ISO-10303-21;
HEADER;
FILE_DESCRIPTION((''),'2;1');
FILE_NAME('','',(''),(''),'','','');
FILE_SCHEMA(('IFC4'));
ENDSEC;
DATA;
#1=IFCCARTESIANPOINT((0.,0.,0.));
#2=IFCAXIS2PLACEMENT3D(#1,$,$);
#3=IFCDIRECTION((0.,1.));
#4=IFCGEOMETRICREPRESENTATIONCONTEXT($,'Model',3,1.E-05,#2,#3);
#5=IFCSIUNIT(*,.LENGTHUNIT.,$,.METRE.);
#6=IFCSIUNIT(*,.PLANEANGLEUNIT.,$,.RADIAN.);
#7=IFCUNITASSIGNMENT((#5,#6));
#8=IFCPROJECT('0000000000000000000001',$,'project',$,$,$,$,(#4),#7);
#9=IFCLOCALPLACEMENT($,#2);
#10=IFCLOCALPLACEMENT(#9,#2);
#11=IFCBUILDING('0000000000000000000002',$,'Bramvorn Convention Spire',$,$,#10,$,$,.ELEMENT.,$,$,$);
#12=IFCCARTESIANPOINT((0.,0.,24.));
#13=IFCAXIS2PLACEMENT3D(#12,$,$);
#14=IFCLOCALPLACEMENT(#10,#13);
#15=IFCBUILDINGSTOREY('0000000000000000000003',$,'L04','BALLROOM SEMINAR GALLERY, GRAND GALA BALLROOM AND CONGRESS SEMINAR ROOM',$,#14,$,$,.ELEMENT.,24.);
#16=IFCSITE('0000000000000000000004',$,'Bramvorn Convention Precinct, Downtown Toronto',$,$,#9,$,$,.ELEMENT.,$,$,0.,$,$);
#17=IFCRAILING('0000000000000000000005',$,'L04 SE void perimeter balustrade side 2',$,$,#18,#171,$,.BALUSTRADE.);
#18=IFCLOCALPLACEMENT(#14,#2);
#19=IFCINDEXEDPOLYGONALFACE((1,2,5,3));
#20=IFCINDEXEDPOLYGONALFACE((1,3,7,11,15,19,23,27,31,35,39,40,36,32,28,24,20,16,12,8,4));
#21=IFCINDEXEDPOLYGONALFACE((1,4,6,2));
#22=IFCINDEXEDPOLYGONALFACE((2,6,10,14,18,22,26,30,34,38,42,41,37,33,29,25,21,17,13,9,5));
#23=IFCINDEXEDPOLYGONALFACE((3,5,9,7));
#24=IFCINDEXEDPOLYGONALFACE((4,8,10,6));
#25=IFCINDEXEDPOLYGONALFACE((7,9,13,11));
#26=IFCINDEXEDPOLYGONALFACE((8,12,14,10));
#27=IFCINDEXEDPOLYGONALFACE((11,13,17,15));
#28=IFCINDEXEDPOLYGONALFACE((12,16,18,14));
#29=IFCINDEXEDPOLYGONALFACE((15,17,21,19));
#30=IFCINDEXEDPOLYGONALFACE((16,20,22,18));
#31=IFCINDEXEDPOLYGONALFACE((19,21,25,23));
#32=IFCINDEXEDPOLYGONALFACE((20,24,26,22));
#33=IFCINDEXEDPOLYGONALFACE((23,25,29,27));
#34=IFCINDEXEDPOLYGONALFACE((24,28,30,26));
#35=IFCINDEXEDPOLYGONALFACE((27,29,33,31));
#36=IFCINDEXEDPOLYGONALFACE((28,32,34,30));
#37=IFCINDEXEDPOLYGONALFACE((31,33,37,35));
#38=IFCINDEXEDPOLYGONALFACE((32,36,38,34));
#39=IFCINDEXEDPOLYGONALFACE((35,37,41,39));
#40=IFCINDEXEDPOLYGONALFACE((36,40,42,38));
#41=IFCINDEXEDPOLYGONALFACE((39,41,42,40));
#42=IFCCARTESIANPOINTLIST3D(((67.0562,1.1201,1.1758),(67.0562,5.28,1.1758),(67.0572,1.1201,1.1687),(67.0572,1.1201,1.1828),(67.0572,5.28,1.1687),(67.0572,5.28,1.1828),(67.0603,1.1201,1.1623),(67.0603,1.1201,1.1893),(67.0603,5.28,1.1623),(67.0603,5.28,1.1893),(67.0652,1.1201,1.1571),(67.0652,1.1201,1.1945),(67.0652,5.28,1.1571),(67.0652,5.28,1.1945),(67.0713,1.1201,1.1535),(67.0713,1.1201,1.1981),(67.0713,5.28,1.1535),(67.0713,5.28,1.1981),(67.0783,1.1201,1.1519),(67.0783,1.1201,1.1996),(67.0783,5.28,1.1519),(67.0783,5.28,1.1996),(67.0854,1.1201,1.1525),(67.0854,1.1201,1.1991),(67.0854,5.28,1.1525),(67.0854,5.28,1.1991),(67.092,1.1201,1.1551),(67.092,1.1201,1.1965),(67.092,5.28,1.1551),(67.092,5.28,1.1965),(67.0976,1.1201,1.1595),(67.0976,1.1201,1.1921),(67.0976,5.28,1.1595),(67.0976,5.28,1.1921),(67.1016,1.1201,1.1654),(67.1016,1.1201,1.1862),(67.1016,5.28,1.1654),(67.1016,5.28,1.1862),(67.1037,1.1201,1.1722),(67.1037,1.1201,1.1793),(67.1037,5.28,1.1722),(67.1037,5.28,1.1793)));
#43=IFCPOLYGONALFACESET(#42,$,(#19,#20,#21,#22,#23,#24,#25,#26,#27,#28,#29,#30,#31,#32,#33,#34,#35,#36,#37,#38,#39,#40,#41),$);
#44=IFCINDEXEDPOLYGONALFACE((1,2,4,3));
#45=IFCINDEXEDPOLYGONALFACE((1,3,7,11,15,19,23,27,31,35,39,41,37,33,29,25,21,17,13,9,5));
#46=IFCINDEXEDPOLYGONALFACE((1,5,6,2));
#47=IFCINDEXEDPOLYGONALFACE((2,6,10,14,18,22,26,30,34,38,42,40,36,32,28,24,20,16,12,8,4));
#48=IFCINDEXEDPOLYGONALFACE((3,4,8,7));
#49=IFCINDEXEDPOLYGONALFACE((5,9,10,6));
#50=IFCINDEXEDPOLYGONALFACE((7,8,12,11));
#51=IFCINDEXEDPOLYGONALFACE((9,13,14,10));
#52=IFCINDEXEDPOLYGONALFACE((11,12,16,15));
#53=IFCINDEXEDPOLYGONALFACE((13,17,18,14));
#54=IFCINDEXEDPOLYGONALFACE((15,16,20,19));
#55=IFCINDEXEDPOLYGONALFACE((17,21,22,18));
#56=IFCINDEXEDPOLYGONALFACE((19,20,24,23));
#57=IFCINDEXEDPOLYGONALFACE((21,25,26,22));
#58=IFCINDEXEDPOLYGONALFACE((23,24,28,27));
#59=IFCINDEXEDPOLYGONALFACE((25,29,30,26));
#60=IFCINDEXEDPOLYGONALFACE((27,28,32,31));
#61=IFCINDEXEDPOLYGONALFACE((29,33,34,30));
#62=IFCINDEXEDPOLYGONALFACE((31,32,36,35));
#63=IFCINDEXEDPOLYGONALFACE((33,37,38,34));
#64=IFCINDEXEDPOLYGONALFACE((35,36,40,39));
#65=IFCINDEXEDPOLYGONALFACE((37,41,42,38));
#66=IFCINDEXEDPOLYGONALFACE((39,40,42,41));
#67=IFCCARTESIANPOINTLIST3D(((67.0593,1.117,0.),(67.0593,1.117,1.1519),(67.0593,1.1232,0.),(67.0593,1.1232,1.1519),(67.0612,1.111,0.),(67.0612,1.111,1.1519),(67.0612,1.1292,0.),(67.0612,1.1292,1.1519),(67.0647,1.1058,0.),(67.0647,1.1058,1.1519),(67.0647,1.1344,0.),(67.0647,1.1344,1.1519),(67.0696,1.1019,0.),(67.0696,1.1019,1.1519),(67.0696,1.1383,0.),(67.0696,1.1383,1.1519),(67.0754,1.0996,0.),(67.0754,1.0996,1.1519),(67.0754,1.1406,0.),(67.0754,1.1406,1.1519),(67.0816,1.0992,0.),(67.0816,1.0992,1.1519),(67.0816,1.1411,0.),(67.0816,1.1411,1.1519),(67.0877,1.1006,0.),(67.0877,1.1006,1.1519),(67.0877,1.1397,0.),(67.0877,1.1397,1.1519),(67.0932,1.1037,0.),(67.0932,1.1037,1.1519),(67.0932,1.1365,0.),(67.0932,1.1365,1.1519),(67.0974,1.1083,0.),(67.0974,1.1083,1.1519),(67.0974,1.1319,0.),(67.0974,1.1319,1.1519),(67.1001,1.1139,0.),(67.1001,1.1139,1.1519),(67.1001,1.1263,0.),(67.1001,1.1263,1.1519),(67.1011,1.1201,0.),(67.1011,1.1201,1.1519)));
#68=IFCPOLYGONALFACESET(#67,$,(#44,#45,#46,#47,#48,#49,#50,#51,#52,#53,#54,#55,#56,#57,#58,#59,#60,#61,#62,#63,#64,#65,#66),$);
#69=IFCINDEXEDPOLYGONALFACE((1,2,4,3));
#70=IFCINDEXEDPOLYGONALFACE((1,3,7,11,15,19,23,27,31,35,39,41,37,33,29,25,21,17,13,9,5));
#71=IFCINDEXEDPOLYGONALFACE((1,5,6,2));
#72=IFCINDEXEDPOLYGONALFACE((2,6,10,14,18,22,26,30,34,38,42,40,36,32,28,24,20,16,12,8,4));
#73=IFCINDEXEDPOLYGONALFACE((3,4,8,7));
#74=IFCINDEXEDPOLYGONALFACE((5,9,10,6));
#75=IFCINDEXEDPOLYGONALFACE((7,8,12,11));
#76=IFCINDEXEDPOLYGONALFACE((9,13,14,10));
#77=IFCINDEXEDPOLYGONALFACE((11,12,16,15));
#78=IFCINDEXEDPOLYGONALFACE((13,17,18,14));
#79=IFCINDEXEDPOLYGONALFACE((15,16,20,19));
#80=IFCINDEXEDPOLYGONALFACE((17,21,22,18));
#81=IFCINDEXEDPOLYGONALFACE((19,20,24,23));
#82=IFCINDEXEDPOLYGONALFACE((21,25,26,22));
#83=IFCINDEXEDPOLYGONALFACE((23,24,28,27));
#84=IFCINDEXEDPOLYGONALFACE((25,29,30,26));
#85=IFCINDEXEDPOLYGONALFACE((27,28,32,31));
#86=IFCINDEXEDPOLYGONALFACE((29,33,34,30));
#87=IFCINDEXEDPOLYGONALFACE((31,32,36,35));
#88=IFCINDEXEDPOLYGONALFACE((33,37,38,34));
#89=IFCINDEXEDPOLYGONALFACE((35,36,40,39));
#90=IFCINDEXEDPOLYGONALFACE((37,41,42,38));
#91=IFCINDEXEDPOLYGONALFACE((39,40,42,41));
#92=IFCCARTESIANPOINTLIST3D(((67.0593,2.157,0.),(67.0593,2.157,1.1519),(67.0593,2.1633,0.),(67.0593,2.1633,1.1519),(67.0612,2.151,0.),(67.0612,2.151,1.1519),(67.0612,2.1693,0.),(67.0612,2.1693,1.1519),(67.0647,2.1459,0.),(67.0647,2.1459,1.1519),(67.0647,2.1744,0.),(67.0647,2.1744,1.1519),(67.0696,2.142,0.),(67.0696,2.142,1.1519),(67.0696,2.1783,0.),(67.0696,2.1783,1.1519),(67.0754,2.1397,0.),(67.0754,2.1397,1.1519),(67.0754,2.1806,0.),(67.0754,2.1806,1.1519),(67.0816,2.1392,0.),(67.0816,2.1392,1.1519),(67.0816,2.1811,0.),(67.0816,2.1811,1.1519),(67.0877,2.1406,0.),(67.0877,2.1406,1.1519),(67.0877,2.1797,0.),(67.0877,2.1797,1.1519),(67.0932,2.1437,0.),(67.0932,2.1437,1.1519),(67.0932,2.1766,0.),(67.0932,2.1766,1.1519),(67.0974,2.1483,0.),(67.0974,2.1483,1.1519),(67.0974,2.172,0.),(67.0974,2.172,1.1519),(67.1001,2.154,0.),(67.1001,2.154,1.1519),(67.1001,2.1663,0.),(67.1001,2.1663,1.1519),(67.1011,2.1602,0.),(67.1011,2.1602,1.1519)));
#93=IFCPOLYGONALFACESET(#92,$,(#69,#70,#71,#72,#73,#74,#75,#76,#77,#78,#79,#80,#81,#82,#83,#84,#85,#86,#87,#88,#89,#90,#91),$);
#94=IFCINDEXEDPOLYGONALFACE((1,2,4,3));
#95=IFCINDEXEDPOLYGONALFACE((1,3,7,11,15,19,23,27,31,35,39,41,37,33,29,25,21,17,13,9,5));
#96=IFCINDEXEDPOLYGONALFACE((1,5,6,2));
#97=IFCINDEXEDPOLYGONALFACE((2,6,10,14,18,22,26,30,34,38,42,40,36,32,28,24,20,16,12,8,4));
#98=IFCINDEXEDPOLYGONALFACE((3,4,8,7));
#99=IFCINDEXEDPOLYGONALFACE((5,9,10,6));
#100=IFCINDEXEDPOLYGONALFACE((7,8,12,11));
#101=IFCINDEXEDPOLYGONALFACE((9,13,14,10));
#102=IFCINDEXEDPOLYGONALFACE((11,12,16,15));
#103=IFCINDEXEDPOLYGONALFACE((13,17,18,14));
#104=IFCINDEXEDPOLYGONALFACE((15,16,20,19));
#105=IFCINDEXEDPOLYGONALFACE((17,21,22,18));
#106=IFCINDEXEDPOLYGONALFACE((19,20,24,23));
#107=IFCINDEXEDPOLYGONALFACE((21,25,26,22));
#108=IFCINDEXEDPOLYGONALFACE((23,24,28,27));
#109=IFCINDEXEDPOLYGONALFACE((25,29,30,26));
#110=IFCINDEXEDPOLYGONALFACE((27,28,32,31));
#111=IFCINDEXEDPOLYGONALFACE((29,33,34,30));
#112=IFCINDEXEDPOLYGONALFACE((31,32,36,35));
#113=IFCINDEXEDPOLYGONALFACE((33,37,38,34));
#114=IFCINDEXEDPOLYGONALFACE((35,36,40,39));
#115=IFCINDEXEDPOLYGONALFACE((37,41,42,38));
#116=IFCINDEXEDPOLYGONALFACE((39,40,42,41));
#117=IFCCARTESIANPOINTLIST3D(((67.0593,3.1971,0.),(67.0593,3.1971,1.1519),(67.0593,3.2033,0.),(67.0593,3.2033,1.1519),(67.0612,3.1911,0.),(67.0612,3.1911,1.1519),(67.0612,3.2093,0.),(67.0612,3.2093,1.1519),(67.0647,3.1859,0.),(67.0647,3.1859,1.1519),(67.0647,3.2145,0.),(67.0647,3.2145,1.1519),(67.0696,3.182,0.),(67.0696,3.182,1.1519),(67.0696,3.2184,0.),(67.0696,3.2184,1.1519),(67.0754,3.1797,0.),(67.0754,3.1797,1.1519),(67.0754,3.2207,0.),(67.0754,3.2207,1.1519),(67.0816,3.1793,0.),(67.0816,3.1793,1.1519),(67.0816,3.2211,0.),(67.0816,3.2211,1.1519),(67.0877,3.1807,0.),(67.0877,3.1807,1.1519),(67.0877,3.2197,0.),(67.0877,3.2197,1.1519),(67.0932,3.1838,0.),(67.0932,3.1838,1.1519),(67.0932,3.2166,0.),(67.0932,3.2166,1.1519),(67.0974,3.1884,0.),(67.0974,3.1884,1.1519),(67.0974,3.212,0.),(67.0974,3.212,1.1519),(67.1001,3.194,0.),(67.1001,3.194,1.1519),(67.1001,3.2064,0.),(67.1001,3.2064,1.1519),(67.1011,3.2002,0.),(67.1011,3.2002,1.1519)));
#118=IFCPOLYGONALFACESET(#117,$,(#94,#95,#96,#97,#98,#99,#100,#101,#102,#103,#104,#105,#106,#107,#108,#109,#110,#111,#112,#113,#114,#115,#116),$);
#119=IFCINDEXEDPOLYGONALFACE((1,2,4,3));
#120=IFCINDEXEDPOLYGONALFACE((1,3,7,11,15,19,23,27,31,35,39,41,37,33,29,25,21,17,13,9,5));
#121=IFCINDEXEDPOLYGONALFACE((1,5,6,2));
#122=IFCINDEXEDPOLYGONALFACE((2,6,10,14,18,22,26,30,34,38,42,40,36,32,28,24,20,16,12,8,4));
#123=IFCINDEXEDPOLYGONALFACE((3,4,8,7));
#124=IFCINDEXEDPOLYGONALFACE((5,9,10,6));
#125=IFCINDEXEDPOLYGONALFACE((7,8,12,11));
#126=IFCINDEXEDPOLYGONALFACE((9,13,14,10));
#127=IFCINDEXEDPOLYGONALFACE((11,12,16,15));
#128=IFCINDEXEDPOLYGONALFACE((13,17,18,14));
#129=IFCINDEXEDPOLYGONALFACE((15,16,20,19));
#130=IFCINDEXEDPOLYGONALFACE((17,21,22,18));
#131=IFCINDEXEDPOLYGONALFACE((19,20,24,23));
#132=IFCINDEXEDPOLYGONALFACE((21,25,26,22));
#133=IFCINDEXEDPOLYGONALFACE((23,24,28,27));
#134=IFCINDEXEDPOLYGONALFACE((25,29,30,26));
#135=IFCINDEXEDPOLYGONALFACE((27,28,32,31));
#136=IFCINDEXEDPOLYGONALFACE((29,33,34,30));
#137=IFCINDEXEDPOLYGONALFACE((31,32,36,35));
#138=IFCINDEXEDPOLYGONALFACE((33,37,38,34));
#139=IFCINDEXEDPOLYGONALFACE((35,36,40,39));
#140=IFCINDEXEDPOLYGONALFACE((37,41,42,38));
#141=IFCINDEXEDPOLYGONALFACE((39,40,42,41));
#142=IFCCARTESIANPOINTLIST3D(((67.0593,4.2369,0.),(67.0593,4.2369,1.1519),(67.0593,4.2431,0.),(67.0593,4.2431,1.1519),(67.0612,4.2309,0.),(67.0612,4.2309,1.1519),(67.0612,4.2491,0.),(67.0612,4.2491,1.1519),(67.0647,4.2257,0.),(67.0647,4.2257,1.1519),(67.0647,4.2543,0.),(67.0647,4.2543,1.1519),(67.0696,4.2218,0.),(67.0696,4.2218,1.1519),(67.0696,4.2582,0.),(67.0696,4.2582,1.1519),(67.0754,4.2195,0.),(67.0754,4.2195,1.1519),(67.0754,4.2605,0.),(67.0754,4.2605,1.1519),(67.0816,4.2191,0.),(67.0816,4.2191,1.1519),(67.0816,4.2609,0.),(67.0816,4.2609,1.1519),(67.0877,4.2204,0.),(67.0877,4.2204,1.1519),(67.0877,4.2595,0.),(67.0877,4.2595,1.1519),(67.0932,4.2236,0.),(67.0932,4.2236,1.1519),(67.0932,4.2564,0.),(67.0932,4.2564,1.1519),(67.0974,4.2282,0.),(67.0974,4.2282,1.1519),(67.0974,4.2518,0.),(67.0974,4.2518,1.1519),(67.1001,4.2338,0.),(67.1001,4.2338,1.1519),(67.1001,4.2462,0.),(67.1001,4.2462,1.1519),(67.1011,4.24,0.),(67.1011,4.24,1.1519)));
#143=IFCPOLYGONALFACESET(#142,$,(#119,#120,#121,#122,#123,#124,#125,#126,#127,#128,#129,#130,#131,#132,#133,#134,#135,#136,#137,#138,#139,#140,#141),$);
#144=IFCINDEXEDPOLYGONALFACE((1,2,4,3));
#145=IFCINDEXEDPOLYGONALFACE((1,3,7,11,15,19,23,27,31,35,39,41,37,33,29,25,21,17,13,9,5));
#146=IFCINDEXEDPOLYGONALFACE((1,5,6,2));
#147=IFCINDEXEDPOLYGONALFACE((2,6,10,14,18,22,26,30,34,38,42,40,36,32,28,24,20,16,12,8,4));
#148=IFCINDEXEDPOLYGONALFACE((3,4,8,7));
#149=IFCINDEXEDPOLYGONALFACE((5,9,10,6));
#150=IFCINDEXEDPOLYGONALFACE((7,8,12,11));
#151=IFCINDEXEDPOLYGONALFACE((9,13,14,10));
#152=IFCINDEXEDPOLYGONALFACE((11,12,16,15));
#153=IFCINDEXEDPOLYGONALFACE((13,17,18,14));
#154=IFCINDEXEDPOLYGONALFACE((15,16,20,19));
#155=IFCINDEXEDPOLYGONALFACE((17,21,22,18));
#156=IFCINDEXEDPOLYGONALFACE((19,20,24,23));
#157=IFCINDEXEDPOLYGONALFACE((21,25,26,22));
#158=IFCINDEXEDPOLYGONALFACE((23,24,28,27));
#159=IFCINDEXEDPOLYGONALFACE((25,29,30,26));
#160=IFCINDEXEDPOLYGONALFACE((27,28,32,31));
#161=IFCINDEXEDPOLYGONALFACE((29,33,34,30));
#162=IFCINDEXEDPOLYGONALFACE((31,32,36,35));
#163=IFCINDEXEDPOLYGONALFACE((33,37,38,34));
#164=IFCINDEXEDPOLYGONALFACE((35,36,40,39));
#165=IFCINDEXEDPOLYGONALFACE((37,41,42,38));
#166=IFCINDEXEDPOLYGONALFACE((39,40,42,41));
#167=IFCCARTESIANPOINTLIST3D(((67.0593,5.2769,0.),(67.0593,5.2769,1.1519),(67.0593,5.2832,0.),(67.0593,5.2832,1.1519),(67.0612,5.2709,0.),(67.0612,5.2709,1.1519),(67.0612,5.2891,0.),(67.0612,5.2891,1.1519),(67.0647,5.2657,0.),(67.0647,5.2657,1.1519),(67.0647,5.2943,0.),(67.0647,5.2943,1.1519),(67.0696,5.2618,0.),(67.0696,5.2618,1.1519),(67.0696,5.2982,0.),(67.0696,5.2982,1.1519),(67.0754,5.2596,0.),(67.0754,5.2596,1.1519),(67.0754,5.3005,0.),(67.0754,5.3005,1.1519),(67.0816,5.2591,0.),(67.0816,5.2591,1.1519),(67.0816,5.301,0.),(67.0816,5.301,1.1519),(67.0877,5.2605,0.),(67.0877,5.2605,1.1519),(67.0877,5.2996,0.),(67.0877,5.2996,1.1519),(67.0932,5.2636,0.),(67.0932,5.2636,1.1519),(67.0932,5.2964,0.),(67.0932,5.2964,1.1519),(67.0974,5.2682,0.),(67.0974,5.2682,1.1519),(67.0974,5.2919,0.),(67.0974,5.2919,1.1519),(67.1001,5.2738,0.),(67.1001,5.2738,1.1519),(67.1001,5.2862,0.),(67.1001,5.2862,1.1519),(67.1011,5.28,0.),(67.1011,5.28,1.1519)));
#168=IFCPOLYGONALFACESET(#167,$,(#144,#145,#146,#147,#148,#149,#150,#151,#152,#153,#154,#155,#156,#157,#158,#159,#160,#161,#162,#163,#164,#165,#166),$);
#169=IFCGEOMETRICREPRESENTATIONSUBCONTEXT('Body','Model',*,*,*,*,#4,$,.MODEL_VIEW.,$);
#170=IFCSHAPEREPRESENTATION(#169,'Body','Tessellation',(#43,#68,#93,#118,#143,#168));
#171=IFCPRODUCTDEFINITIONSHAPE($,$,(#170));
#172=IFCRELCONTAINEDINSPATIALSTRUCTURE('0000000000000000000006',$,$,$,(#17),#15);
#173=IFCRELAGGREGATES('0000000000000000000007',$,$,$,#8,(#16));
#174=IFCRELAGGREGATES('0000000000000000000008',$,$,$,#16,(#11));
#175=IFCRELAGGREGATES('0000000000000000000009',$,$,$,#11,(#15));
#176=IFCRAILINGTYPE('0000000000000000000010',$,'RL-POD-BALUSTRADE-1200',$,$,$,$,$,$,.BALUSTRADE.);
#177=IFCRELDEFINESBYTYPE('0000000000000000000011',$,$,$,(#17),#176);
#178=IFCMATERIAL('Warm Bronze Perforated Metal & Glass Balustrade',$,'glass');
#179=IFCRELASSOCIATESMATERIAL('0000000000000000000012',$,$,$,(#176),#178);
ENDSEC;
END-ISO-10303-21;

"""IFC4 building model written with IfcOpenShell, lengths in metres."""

from ifc_helpers import new_model, si_unit, direction, frame, origin, origin_2d, place, context, subcontext, project, spatial, circle, extrude, material, type_object, element, save


model = new_model("IFC4")

# Units and contexts
model_context = context("Model", 3, precision=1e-05, world=origin(), true_north=direction((0.0, 1.0)))
body_context = subcontext(model_context, "Body", "Model", "MODEL_VIEW")
ifc_project = project(units=[si_unit("LENGTHUNIT", "METRE"), si_unit("PLANEANGLEUNIT", "RADIAN")], contexts=[model_context])

# Site, building, storey
site_placement = place(None, origin())
site = spatial("IfcSite", under=ifc_project, at=site_placement, Name="Bramvorn Convention Precinct, Downtown Toronto", CompositionType="ELEMENT", RefElevation=0.0)
building_placement = place(site_placement, origin())
building = spatial("IfcBuilding", under=site, at=building_placement, Name="Bramvorn Convention Spire", CompositionType="ELEMENT")
storey_placement = place(building_placement, frame((0.0, 0.0, 24.0)))
storey = spatial("IfcBuildingStorey", under=building, at=storey_placement, Name="L04", Description="BALLROOM SEMINAR GALLERY, GRAND GALA BALLROOM AND CONGRESS SEMINAR ROOM", CompositionType="ELEMENT", Elevation=24.0)

# Railing
ifc_material_1 = material(Name="Warm Bronze Perforated Metal & Glass Balustrade", Category="glass")
railing_type = type_object("IfcRailingType", Name="RL-POD-BALUSTRADE-1200", PredefinedType="BALUSTRADE", material=ifc_material_1)
railing_1_placement = place(storey_placement, frame((67.0801, 1.1201, 0.0)))
element("IfcRailing", 1, at=railing_1_placement, inside=storey, type_object=railing_type, Name="L04 SE void perimeter balustrade side 2", PredefinedType="BALUSTRADE", context=body_context, shape_type="SweptSolid", body=[
    extrude(circle(Radius=0.0239, at=origin_2d()), frame((0.0, 0.0, 1.1758), z_axis=(0.0, 1.0, 0.0), x_axis=(-1.0, 0.0, 0.0)), (0.0, 0.0, 1.0), 4.1599),
    extrude(circle(Radius=0.021, at=origin_2d()), origin(), (0.0, 0.0, 1.0), 1.1519),
    extrude(circle(Radius=0.021, at=origin_2d()), frame((0.0, 1.04, 0.0)), (0.0, 0.0, 1.0), 1.1519),
    extrude(circle(Radius=0.021, at=origin_2d()), frame((0.0, 2.0801, 0.0)), (0.0, 0.0, 1.0), 1.1519),
    extrude(circle(Radius=0.021, at=origin_2d()), frame((0.0, 3.1199, 0.0)), (0.0, 0.0, 1.0), 1.1519),
    extrude(circle(Radius=0.021, at=origin_2d()), frame((0.0, 4.1599, 0.0)), (0.0, 0.0, 1.0), 1.1519),
])

save(model, "model.ifc")
